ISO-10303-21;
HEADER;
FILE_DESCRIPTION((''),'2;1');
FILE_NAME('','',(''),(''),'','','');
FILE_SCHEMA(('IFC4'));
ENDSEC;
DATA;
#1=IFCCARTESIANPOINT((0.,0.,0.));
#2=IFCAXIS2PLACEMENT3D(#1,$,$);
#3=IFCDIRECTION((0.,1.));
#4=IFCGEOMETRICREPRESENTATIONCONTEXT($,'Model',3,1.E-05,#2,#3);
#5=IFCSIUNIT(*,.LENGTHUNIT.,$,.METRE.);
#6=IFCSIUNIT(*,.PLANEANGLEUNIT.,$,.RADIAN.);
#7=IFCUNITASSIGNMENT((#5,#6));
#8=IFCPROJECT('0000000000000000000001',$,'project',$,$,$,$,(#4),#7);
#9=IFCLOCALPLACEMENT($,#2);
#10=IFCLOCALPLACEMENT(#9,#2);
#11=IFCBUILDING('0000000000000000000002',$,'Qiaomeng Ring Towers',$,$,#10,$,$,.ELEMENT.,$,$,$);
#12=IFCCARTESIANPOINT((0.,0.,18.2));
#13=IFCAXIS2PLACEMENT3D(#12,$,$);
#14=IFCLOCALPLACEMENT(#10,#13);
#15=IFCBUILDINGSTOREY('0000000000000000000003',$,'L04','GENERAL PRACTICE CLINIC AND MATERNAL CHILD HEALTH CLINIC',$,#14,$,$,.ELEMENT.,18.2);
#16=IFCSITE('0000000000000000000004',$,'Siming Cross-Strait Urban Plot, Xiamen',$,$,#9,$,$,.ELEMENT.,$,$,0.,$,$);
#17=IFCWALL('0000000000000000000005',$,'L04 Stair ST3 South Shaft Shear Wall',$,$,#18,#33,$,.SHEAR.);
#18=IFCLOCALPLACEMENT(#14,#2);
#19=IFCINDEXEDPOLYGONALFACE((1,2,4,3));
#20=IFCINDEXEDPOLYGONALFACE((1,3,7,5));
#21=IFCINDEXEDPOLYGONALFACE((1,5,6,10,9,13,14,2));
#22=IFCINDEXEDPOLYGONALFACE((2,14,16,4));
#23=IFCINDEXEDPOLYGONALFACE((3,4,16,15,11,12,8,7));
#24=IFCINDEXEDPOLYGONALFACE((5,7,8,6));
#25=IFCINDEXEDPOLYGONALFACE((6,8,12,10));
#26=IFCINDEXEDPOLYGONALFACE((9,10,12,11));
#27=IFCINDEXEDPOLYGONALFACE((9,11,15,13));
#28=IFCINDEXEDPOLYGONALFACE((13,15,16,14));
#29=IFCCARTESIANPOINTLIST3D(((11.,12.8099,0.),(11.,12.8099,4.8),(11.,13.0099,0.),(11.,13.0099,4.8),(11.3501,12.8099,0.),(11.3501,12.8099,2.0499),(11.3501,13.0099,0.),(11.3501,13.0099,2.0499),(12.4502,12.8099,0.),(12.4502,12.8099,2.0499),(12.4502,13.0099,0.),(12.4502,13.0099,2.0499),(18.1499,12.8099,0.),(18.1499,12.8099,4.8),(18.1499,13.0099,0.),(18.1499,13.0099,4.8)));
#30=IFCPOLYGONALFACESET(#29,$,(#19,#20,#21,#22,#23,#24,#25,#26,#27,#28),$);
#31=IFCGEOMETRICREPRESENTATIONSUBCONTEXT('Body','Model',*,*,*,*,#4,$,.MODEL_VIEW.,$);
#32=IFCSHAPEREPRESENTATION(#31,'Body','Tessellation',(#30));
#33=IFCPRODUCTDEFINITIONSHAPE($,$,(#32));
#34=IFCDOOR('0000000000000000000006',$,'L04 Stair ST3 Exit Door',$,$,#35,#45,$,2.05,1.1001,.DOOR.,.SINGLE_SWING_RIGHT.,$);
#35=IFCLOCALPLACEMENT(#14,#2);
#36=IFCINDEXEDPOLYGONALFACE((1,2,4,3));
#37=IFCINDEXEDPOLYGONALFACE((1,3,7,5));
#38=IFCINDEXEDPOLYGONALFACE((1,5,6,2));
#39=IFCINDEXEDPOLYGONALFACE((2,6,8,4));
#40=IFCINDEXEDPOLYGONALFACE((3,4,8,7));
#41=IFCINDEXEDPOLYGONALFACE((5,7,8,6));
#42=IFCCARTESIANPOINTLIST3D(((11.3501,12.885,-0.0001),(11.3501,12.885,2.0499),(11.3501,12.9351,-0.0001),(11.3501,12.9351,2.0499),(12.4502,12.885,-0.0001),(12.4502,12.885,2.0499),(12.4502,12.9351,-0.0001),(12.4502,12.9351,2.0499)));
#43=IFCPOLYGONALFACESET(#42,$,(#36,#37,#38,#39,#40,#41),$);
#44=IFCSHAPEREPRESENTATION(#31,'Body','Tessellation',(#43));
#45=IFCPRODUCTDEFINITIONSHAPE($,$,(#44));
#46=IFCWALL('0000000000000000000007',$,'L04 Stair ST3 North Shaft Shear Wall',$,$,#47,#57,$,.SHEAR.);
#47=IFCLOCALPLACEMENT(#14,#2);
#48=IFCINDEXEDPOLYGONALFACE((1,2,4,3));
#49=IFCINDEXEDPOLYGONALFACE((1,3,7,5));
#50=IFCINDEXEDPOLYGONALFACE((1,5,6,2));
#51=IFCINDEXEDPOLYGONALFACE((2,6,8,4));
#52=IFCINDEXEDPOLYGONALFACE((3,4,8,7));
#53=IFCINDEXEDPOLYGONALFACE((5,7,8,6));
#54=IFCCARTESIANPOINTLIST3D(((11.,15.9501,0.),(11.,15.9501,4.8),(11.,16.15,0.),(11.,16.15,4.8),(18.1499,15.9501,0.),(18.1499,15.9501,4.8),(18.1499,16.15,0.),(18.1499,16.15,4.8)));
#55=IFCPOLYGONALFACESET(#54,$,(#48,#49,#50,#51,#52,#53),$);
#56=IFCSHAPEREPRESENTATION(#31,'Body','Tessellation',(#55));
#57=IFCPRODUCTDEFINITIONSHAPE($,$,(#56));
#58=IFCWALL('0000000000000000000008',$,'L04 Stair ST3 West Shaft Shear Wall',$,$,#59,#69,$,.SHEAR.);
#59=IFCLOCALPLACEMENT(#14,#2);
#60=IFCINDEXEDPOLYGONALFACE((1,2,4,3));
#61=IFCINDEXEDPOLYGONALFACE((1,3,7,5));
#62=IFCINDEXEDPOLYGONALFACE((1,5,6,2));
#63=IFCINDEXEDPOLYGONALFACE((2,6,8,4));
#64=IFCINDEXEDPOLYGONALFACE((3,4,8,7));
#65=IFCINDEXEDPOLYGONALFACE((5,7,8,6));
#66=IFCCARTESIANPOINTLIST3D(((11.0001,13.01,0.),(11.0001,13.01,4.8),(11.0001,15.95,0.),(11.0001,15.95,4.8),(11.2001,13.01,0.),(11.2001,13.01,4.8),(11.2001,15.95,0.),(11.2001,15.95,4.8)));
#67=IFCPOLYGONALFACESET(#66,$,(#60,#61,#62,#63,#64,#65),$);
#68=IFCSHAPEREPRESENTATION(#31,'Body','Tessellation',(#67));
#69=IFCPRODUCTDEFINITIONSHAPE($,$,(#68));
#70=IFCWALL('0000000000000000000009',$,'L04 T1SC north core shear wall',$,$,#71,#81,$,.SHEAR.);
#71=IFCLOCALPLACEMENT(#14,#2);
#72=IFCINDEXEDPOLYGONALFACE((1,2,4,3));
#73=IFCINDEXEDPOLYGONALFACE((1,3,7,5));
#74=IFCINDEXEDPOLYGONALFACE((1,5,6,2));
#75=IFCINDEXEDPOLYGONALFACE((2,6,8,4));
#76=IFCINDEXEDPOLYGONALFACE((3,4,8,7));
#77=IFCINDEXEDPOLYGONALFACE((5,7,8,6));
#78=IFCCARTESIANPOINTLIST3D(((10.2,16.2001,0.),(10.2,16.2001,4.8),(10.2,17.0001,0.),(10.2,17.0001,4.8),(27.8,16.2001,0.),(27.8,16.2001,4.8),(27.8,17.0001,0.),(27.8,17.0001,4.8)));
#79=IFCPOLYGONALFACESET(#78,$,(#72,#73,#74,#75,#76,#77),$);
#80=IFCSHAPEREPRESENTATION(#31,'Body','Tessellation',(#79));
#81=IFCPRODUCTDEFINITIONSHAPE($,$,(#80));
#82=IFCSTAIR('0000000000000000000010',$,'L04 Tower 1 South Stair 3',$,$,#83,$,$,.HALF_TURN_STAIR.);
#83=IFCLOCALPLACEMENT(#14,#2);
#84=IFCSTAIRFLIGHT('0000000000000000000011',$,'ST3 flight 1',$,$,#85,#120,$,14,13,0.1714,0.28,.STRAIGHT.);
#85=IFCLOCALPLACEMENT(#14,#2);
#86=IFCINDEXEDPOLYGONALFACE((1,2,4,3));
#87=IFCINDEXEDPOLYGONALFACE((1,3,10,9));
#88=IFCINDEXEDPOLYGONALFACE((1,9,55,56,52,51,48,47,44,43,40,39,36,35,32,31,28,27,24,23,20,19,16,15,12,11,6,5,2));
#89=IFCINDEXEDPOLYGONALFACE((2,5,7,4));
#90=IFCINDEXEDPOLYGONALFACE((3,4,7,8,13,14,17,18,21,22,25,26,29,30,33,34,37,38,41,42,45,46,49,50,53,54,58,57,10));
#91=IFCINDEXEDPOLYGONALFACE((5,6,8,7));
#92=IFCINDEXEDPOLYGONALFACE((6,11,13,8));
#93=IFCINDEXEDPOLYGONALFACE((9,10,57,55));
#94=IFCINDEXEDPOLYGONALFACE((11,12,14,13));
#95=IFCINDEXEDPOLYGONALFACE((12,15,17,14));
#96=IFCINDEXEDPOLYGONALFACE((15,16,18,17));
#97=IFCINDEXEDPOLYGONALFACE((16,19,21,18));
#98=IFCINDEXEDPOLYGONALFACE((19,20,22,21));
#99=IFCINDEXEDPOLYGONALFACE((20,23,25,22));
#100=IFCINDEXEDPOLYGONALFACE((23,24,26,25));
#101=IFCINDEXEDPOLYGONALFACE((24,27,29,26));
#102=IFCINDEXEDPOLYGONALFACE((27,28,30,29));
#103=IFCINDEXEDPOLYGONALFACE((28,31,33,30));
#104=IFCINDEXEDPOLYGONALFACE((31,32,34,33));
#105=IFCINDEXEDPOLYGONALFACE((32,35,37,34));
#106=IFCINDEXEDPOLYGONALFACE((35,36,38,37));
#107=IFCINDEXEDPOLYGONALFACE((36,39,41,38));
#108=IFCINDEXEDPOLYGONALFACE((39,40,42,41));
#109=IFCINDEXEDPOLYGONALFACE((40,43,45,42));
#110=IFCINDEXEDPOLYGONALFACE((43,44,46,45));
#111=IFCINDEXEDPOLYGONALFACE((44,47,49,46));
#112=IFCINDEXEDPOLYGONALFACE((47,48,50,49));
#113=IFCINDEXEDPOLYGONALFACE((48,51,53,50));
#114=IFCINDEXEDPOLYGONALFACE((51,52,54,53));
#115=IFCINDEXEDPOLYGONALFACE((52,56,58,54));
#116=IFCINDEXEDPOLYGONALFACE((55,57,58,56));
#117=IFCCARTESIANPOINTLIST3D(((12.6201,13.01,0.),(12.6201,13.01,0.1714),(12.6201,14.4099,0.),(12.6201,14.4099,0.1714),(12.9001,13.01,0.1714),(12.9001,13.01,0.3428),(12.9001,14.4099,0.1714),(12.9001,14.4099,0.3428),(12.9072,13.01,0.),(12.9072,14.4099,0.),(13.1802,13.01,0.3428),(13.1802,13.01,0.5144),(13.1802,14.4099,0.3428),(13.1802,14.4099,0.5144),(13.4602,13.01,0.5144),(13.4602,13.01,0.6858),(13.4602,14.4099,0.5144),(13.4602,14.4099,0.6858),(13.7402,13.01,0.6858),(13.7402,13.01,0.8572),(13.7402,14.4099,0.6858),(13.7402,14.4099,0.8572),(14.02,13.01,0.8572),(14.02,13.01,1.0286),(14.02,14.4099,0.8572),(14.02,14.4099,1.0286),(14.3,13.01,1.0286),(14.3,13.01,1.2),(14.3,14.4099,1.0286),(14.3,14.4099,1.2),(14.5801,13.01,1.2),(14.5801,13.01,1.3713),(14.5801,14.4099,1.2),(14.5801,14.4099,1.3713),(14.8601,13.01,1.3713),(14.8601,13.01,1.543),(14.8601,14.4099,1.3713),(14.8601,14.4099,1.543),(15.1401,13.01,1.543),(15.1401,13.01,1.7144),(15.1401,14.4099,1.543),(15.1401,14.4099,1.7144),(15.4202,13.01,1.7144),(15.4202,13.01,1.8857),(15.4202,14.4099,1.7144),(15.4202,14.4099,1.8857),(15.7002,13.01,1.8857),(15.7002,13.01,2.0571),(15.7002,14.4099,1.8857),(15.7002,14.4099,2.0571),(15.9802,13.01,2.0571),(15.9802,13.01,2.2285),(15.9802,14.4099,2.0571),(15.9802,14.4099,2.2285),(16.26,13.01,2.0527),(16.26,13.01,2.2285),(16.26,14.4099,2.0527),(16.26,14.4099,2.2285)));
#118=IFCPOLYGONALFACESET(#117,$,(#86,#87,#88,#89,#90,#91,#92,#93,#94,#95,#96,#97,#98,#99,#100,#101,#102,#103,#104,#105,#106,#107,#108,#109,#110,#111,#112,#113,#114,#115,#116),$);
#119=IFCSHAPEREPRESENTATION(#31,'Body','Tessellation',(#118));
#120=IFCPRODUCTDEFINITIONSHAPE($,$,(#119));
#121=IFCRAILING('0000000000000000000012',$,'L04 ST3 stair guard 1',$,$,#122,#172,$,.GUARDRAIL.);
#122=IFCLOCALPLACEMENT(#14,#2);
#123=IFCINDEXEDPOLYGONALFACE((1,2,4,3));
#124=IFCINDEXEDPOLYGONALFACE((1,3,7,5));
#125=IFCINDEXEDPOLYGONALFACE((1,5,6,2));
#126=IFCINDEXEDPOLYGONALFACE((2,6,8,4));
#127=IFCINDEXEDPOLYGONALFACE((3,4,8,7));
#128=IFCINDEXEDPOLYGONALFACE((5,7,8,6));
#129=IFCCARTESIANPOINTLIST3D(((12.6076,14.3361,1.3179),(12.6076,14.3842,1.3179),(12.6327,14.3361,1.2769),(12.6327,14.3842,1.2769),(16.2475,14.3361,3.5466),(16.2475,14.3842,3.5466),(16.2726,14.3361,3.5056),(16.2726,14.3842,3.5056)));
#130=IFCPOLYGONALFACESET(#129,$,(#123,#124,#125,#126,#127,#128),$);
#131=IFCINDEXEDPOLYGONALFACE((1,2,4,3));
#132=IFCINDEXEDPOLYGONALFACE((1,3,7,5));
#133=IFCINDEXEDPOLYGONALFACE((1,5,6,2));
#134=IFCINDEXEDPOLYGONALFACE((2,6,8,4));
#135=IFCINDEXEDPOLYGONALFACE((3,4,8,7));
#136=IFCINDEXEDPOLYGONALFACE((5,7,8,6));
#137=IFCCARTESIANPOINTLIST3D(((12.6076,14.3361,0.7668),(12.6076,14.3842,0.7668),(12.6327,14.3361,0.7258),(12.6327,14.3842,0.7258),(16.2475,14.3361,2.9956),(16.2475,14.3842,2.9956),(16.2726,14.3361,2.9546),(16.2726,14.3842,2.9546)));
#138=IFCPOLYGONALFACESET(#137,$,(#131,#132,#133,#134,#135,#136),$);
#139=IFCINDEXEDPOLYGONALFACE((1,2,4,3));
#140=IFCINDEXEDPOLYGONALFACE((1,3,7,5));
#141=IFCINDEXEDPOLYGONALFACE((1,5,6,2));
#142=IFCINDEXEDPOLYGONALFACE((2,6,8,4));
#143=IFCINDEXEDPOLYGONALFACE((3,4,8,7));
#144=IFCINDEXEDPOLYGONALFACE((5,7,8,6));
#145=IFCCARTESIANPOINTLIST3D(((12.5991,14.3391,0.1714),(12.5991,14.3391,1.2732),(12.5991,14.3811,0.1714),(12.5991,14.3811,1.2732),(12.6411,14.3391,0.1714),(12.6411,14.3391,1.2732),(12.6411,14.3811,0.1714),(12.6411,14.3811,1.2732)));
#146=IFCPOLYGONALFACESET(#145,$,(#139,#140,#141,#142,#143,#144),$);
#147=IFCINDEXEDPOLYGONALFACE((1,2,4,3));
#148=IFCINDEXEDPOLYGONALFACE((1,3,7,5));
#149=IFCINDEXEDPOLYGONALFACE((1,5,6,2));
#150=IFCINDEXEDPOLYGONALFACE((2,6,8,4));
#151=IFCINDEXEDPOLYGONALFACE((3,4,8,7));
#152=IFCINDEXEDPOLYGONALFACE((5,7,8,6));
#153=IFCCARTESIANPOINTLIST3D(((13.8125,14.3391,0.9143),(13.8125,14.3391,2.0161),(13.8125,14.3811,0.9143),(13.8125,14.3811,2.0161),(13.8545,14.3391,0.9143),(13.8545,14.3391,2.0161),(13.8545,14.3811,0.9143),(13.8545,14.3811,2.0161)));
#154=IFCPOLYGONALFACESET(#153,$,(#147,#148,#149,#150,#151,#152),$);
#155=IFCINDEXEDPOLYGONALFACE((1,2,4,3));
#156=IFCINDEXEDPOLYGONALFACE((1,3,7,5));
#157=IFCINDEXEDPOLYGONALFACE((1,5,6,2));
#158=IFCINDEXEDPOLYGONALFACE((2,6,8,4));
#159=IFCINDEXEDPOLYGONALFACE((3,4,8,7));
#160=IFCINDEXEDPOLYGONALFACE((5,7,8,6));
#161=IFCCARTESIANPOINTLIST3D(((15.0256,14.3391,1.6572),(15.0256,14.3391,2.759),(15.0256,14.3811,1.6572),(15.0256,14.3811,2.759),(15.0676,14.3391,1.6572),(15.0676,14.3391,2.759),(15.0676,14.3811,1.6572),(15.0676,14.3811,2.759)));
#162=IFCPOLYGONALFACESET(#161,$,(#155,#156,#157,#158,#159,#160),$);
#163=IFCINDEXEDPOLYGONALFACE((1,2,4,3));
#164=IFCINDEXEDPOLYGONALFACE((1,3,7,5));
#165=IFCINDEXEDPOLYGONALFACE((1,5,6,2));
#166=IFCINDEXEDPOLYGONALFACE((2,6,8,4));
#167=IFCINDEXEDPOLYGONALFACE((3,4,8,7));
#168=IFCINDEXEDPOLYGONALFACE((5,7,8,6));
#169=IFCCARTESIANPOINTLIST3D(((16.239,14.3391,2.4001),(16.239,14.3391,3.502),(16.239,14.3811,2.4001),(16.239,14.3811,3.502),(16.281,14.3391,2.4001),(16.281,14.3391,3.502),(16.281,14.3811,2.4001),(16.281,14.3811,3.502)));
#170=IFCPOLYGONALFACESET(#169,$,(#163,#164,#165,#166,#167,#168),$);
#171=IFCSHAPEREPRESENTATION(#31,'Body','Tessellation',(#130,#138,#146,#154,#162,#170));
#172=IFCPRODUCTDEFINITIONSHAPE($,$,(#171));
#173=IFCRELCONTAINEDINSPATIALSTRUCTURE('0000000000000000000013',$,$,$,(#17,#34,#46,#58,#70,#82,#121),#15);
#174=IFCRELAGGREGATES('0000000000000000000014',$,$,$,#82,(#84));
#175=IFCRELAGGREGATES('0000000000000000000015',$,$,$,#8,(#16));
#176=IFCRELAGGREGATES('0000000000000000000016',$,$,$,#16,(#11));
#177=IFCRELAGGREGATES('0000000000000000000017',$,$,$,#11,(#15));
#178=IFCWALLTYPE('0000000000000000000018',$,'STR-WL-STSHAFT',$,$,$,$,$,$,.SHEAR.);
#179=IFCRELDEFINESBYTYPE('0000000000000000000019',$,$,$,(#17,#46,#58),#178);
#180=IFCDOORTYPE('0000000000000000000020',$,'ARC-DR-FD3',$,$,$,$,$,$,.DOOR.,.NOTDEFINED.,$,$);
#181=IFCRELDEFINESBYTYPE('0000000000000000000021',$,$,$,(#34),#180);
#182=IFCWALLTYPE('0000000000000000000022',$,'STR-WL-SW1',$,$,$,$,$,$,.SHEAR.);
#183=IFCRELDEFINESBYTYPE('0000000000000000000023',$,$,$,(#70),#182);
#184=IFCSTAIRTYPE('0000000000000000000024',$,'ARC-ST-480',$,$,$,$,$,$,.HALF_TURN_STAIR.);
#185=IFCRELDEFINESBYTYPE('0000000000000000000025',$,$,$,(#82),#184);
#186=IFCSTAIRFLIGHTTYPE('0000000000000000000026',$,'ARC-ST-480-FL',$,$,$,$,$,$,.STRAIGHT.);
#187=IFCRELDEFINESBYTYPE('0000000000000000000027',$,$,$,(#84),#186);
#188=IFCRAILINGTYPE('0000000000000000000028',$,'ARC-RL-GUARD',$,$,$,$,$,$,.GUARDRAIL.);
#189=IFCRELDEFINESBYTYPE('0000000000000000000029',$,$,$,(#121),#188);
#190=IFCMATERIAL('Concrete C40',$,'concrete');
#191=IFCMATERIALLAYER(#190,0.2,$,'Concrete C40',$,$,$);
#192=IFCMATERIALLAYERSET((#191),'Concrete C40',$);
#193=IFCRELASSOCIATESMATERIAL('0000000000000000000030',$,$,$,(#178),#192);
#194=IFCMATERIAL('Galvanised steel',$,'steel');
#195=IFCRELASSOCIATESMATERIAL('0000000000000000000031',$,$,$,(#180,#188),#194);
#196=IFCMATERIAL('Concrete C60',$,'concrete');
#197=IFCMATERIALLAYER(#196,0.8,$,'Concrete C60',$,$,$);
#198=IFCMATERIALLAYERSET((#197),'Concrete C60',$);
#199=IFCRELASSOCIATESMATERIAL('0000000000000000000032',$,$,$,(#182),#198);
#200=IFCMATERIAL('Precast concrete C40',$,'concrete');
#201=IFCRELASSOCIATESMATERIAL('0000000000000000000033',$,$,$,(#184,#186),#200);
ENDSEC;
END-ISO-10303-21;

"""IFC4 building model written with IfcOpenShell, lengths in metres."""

from ifc_helpers import new_model, si_unit, direction, frame, frame_2d, origin, origin_2d, place, context, subcontext, project, spatial, polyline, rectangle, outline, extrude, source, transform, mapped, material, layer, layer_set, type_object, element, fill, aggregate, save


model = new_model("IFC4")

# Units and contexts
model_context = context("Model", 3, precision=1e-05, world=origin(), true_north=direction((0.0, 1.0)))
body_context = subcontext(model_context, "Body", "Model", "MODEL_VIEW")
ifc_project = project(units=[si_unit("LENGTHUNIT", "METRE"), si_unit("PLANEANGLEUNIT", "RADIAN")], contexts=[model_context])

# Site, building, storey
site_placement = place(None, origin())
site = spatial("IfcSite", under=ifc_project, at=site_placement, Name="Siming Cross-Strait Urban Plot, Xiamen", CompositionType="ELEMENT", RefElevation=0.0)
building_placement = place(site_placement, origin())
building = spatial("IfcBuilding", under=site, at=building_placement, Name="Qiaomeng Ring Towers", CompositionType="ELEMENT")
storey_placement = place(building_placement, frame((0.0, 0.0, 18.2)))
storey = spatial("IfcBuildingStorey", under=building, at=storey_placement, Name="L04", Description="GENERAL PRACTICE CLINIC AND MATERNAL CHILD HEALTH CLINIC", CompositionType="ELEMENT", Elevation=18.2)

# Shared definitions
ifc_material_1 = material(Name="Concrete C60", Category="concrete")

# Shared definitions
ifc_material_2 = material(Name="Concrete C40", Category="concrete")
ifc_layer_1 = layer(ifc_material_2, 0.2, Name="Concrete C40")
ifc_layer_set_1 = layer_set([ifc_layer_1], Name="Concrete C40")
wall_type_1 = type_object("IfcWallType", Name="STR-WL-STSHAFT", PredefinedType="SHEAR", material=ifc_layer_set_1)

# Wall, opening, door
wall_1_placement = place(storey_placement, frame((11.0, 12.9099, 0.0), z_axis=(0.0, 0.0, 1.0), x_axis=(1.0, 0.0, 0.0)))
wall_1 = element("IfcWall", 1, at=wall_1_placement, inside=storey, type_object=wall_type_1, Name="L04 Stair ST3 South Shaft Shear Wall", PredefinedType="SHEAR", context=body_context, shape_type="SweptSolid", body=[
    extrude(rectangle(XDim=7.1499, YDim=0.2, at=frame_2d((3.575, 0.0))), origin(), (0.0, 0.0, 1.0), 4.8),
])
opening_1_placement = place(wall_1_placement, frame((0.3501, 0.0, 0.0)))
opening_1 = element("IfcOpeningElement", 2, at=opening_1_placement, cuts=wall_1, PredefinedType="OPENING", context=body_context, shape_type="SweptSolid", body=[
    extrude(rectangle(XDim=1.1001, YDim=2.05, at=frame_2d((0.55, 1.0249))), frame((0.0, 0.1099, 0.0), z_axis=(0.0, -1.0, 0.0), x_axis=(1.0, 0.0, 0.0)), (0.0, 0.0, 1.0), 0.22),
])
ifc_material_3 = material(Name="Galvanised steel", Category="steel")
door_type_1 = type_object("IfcDoorType", Name="ARC-DR-FD3", OperationType="NOTDEFINED", PredefinedType="DOOR", material=ifc_material_3)
shared_shape_1 = source(origin(), body_context, "Body", "SweptSolid", [
    extrude(rectangle(XDim=1.1001, YDim=2.05, at=frame_2d((0.55, 1.0249))), frame((0.0, 0.0249, 0.0), z_axis=(0.0, -1.0, 0.0), x_axis=(1.0, 0.0, 0.0)), (0.0, 0.0, 1.0), 0.05),
])
door_1_placement = place(opening_1_placement, frame((1.1001, 0.0, 0.0), z_axis=(0.0, 0.0, 1.0), x_axis=(-1.0, 0.0, 0.0)))
door_1 = element("IfcDoor", 3, at=door_1_placement, inside=storey, type_object=door_type_1, Name="L04 Stair ST3 Exit Door", OperationType="SINGLE_SWING_RIGHT", OverallHeight=2.05, OverallWidth=1.1001, PredefinedType="DOOR", context=body_context, shape_type="MappedRepresentation", body=[
    mapped(shared_shape_1, transform((0.0, 0.0, 0.0), x_axis=(1.0, 0.0, 0.0), y_axis=(0.0, 1.0, 0.0), z_axis=(0.0, 0.0, 1.0), scale=1.0)),
])
fill(opening_1, door_1)

# Walls
wall_2_placement = place(storey_placement, frame((11.0, 16.05, 0.0), z_axis=(0.0, 0.0, 1.0), x_axis=(1.0, 0.0, 0.0)))
element("IfcWall", 4, at=wall_2_placement, inside=storey, type_object=wall_type_1, Name="L04 Stair ST3 North Shaft Shear Wall", PredefinedType="SHEAR", context=body_context, shape_type="SweptSolid", body=[
    extrude(rectangle(XDim=7.1499, YDim=0.2, at=frame_2d((3.575, 0.0))), origin(), (0.0, 0.0, 1.0), 4.8),
])
wall_3_placement = place(storey_placement, frame((11.1001, 13.01, 0.0), z_axis=(0.0, 0.0, 1.0), x_axis=(0.0, 1.0, 0.0)))
element("IfcWall", 5, at=wall_3_placement, inside=storey, type_object=wall_type_1, Name="L04 Stair ST3 West Shaft Shear Wall", PredefinedType="SHEAR", context=body_context, shape_type="SweptSolid", body=[
    extrude(rectangle(XDim=2.9399, YDim=0.2, at=frame_2d((1.47, 0.0))), origin(), (0.0, 0.0, 1.0), 4.8),
])
ifc_layer_2 = layer(ifc_material_1, 0.8, Name="Concrete C60")
ifc_layer_set_2 = layer_set([ifc_layer_2], Name="Concrete C60")
wall_type_2 = type_object("IfcWallType", Name="STR-WL-SW1", PredefinedType="SHEAR", material=ifc_layer_set_2)
wall_4_placement = place(storey_placement, frame((10.2, 16.6001, 0.0), z_axis=(0.0, 0.0, 1.0), x_axis=(1.0, 0.0, 0.0)))
element("IfcWall", 6, at=wall_4_placement, inside=storey, type_object=wall_type_2, Name="L04 T1SC north core shear wall", PredefinedType="SHEAR", context=body_context, shape_type="SweptSolid", body=[
    extrude(rectangle(XDim=17.6001, YDim=0.8, at=frame_2d((8.8, 0.0))), origin(), (0.0, 0.0, 1.0), 4.8),
])

# Stair, stair flight
ifc_material_4 = material(Name="Precast concrete C40", Category="concrete")
stair_type = type_object("IfcStairType", Name="ARC-ST-480", PredefinedType="HALF_TURN_STAIR", material=ifc_material_4)
stair_placement = place(storey_placement, origin())
stair = element("IfcStair", 7, at=stair_placement, inside=storey, type_object=stair_type, Name="L04 Tower 1 South Stair 3", PredefinedType="HALF_TURN_STAIR")
stair_flight_type = type_object("IfcStairFlightType", Name="ARC-ST-480-FL", PredefinedType="STRAIGHT", material=ifc_material_4)
shared_shape_2 = source(origin(), body_context, "Body", "SweptSolid", [
    extrude(outline(polyline([(0.0, 0.0), (0.0, 0.1714), (0.28, 0.1714), (0.28, 0.3428), (0.5601, 0.3428), (0.5601, 0.5144), (0.8401, 0.5144), (0.8401, 0.6858), (1.1201, 0.6858), (1.1201, 0.8572), (1.3999, 0.8572), (1.3999, 1.0286), (1.6799, 1.0286), (1.6799, 1.2), (1.96, 1.2), (1.96, 1.3713), (2.24, 1.3713), (2.24, 1.543), (2.52, 1.543), (2.52, 1.7144), (2.8, 1.7144), (2.8, 1.8857), (3.0801, 1.8857), (3.0801, 2.0571), (3.3601, 2.0571), (3.3601, 2.2285), (3.6399, 2.2285), (3.6399, 2.3999), (3.6399, 2.0527), (0.2871, 0.0), (0.0, 0.0)])), frame((0.0, 0.7, 0.0), z_axis=(0.0, -1.0, 0.0), x_axis=(1.0, 0.0, 0.0)), (0.0, 0.0, 1.0), 1.3999),
])
stair_flight_placement = place(storey_placement, frame((12.6201, 13.71, 0.0), z_axis=(0.0, 0.0, 1.0), x_axis=(1.0, 0.0, 0.0)))
stair_flight = element("IfcStairFlight", 8, at=stair_flight_placement, type_object=stair_flight_type, Name="ST3 flight 1", NumberOfRisers=14, NumberOfTreads=13, PredefinedType="STRAIGHT", RiserHeight=0.1714, TreadLength=0.28, context=body_context, shape_type="MappedRepresentation", body=[
    mapped(shared_shape_2, transform((0.0, 0.0, 0.0), x_axis=(1.0, 0.0, 0.0), y_axis=(0.0, 1.0, 0.0), z_axis=(0.0, 0.0, 1.0), scale=1.0)),
])
aggregate(stair, [stair_flight])

# Railing
railing_type_1 = type_object("IfcRailingType", Name="ARC-RL-GUARD", PredefinedType="GUARDRAIL", material=ifc_material_3)
railing_1_placement = place(storey_placement, frame((12.6201, 14.3601, 0.1714)))
element("IfcRailing", 9, at=railing_1_placement, inside=storey, type_object=railing_type_1, Name="L04 ST3 stair guard 1", PredefinedType="GUARDRAIL", context=body_context, shape_type="SweptSolid", body=[
    extrude(rectangle(XDim=0.0481, YDim=0.0481, at=origin_2d()), frame((0.0, 0.0, 1.126), z_axis=(0.852825, 0.0, 0.522197), x_axis=(0.0, 1.0, 0.0)), (0.0, 0.0, 1.0), 4.2681),
    extrude(rectangle(XDim=0.0481, YDim=0.0481, at=origin_2d()), frame((0.0, 0.0, 0.575), z_axis=(0.852825, 0.0, 0.522197), x_axis=(0.0, 1.0, 0.0)), (0.0, 0.0, 1.0), 4.2681),
    extrude(rectangle(XDim=0.042, YDim=0.042, at=origin_2d()), origin(), (0.0, 0.0, 1.0), 1.1018),
    extrude(rectangle(XDim=0.042, YDim=0.042, at=origin_2d()), frame((1.2134, 0.0, 0.7429)), (0.0, 0.0, 1.0), 1.1018),
    extrude(rectangle(XDim=0.042, YDim=0.042, at=origin_2d()), frame((2.4265, 0.0, 1.4858)), (0.0, 0.0, 1.0), 1.1018),
    extrude(rectangle(XDim=0.042, YDim=0.042, at=origin_2d()), frame((3.6399, 0.0, 2.2288)), (0.0, 0.0, 1.0), 1.1018),
])

save(model, "model.ifc")
